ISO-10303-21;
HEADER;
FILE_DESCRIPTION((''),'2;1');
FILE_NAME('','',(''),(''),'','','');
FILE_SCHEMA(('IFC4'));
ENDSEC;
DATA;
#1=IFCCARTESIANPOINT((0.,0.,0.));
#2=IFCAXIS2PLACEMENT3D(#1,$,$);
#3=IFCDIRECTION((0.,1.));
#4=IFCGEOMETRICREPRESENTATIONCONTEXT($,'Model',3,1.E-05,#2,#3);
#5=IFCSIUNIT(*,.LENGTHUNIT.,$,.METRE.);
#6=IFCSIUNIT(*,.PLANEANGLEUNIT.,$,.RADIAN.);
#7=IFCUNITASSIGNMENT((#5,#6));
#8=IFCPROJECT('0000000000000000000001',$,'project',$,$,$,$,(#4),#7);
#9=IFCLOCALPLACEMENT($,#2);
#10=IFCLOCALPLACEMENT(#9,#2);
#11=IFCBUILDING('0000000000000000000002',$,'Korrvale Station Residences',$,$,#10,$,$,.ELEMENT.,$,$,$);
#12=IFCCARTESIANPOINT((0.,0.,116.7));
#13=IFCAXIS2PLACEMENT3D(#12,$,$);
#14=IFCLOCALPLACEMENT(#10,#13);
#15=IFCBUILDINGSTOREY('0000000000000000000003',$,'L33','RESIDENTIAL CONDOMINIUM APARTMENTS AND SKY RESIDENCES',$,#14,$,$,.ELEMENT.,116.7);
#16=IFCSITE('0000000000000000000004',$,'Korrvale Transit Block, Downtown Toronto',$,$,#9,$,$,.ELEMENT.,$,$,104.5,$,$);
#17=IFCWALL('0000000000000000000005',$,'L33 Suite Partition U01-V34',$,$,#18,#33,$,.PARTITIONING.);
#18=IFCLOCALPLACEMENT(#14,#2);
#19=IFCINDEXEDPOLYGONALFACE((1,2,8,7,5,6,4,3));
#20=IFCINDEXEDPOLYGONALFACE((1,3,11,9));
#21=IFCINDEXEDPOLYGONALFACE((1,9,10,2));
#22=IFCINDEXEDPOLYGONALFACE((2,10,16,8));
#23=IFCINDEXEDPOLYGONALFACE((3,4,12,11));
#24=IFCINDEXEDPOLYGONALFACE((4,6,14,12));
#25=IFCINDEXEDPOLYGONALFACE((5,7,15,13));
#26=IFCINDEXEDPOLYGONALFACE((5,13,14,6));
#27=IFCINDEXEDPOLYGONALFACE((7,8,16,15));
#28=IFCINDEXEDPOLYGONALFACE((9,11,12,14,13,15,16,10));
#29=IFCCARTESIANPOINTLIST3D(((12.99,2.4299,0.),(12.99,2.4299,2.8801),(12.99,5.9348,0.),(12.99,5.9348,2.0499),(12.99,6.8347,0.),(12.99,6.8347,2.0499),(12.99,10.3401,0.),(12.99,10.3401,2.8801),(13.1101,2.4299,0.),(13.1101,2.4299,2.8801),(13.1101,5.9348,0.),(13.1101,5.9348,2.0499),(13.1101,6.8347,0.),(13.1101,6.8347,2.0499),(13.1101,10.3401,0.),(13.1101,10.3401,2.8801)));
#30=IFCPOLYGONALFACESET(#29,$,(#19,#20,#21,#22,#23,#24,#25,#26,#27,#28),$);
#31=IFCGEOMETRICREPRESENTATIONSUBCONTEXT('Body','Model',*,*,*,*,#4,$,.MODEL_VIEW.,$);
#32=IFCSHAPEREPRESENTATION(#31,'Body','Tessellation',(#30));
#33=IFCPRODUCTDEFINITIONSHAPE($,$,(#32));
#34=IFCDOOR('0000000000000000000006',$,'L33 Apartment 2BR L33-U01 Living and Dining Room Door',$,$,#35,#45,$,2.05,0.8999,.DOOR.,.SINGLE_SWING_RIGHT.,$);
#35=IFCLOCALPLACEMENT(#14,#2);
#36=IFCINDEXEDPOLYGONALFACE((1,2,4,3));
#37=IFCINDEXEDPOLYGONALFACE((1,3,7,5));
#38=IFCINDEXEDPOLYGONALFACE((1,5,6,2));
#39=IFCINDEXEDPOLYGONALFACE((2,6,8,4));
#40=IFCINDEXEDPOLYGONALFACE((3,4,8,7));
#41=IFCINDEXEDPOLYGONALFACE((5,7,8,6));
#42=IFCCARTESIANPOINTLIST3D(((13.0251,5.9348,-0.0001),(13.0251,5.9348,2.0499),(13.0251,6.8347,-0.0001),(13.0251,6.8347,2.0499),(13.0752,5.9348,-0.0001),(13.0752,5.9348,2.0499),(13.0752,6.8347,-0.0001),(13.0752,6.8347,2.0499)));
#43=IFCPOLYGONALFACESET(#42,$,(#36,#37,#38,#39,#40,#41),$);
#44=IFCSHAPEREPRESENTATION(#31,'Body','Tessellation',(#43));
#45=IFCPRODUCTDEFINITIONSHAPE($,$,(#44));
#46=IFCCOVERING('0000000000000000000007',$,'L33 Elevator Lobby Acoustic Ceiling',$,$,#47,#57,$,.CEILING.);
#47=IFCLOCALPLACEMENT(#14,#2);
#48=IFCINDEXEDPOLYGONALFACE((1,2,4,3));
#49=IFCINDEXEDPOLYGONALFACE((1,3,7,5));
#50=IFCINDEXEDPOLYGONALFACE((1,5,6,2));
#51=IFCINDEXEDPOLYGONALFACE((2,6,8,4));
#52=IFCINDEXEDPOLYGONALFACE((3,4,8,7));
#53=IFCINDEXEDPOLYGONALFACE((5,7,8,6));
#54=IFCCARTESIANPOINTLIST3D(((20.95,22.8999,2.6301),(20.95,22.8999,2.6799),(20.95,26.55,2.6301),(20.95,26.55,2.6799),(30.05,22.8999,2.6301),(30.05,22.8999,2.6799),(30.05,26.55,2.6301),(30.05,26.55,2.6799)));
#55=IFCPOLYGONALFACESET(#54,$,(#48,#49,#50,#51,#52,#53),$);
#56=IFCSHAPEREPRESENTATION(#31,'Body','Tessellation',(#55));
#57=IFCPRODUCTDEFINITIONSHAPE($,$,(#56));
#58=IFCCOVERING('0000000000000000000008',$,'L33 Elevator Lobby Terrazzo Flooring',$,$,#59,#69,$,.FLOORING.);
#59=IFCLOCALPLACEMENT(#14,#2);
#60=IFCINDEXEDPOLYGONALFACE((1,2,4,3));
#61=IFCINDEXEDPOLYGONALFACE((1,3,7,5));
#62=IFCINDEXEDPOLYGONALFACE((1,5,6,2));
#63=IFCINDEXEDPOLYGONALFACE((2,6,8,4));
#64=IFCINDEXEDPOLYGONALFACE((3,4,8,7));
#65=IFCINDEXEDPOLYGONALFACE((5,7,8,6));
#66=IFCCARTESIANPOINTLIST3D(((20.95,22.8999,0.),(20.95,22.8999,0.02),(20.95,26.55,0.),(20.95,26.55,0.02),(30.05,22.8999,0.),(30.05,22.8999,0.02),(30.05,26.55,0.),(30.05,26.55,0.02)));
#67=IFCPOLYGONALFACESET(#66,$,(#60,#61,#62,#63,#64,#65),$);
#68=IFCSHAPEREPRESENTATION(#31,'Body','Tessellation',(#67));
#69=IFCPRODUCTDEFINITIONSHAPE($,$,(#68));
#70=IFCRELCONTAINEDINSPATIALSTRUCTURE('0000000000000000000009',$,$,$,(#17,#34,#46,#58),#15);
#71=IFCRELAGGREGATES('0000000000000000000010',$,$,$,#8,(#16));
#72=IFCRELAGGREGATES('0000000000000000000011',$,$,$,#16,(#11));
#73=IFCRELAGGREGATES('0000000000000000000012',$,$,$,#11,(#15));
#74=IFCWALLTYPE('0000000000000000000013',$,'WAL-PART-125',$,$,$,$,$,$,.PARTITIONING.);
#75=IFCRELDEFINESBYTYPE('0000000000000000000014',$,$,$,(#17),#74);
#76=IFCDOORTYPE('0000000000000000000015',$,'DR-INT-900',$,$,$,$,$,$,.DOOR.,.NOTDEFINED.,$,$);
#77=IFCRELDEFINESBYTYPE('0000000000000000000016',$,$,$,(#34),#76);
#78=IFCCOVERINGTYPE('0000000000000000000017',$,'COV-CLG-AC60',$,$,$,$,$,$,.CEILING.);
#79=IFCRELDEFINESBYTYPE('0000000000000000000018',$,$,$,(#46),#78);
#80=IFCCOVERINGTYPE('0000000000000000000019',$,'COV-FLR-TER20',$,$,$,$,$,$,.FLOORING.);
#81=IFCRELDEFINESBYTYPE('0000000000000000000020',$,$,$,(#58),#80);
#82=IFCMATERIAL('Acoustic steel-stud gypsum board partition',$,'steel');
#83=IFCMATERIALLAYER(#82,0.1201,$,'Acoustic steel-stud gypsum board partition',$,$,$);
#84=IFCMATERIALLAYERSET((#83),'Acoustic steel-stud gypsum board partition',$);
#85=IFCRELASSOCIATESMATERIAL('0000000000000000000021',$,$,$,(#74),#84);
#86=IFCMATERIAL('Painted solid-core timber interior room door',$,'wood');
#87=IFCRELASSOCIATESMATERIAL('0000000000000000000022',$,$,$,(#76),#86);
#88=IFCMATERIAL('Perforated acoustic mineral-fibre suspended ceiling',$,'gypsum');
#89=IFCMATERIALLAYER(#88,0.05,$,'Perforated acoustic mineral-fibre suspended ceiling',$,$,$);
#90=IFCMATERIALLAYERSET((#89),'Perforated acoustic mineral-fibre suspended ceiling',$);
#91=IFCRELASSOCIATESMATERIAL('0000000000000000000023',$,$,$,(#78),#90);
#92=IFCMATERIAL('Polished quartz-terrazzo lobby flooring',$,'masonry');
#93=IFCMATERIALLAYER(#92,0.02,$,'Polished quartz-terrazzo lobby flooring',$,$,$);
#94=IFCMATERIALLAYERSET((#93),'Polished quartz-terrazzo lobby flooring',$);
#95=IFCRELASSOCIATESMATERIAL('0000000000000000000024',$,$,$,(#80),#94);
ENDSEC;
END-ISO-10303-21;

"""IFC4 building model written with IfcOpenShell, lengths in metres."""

from ifc_helpers import new_model, si_unit, direction, frame, frame_2d, origin, place, context, subcontext, project, spatial, polyline, rectangle, outline, extrude, material, layer, layer_set, type_object, element, fill, save


model = new_model("IFC4")

# Units and contexts
model_context = context("Model", 3, precision=1e-05, world=origin(), true_north=direction((0.0, 1.0)))
body_context = subcontext(model_context, "Body", "Model", "MODEL_VIEW")
ifc_project = project(units=[si_unit("LENGTHUNIT", "METRE"), si_unit("PLANEANGLEUNIT", "RADIAN")], contexts=[model_context])

# Site, building, storey
site_placement = place(None, origin())
site = spatial("IfcSite", under=ifc_project, at=site_placement, Name="Korrvale Transit Block, Downtown Toronto", CompositionType="ELEMENT", RefElevation=104.5)
building_placement = place(site_placement, origin())
building = spatial("IfcBuilding", under=site, at=building_placement, Name="Korrvale Station Residences", CompositionType="ELEMENT")
storey_placement = place(building_placement, frame((0.0, 0.0, 116.7)))
storey = spatial("IfcBuildingStorey", under=building, at=storey_placement, Name="L33", Description="RESIDENTIAL CONDOMINIUM APARTMENTS AND SKY RESIDENCES", CompositionType="ELEMENT", Elevation=116.7)

# Wall, opening, door
ifc_material_1 = material(Name="Acoustic steel-stud gypsum board partition", Category="steel")
ifc_layer_1 = layer(ifc_material_1, 0.1201, Name="Acoustic steel-stud gypsum board partition")
ifc_layer_set_1 = layer_set([ifc_layer_1], Name="Acoustic steel-stud gypsum board partition")
wall_type_1 = type_object("IfcWallType", Name="WAL-PART-125", PredefinedType="PARTITIONING", material=ifc_layer_set_1)
wall_1_placement = place(storey_placement, frame((13.05, 2.4299, 0.0), z_axis=(0.0, 0.0, 1.0), x_axis=(0.0, 1.0, 0.0)))
wall_1 = element("IfcWall", 1, at=wall_1_placement, inside=storey, type_object=wall_type_1, Name="L33 Suite Partition U01-V34", PredefinedType="PARTITIONING", context=body_context, shape_type="SweptSolid", body=[
    extrude(rectangle(XDim=7.9102, YDim=0.1201, at=frame_2d((3.9551, 0.0))), origin(), (0.0, 0.0, 1.0), 2.8801),
])
opening_1_placement = place(wall_1_placement, frame((3.5049, 0.0, 0.0)))
opening_1 = element("IfcOpeningElement", 2, at=opening_1_placement, cuts=wall_1, PredefinedType="OPENING", context=body_context, shape_type="SweptSolid", body=[
    extrude(rectangle(XDim=0.8999, YDim=2.05, at=frame_2d((0.45, 1.0249))), frame((0.0, 0.0701, 0.0), z_axis=(0.0, -1.0, 0.0), x_axis=(1.0, 0.0, 0.0)), (0.0, 0.0, 1.0), 0.1401),
])
ifc_material_2 = material(Name="Painted solid-core timber interior room door", Category="wood")
door_type = type_object("IfcDoorType", Name="DR-INT-900", OperationType="NOTDEFINED", PredefinedType="DOOR", material=ifc_material_2)
door_placement = place(opening_1_placement, origin())
door = element("IfcDoor", 3, at=door_placement, inside=storey, type_object=door_type, Name="L33 Apartment 2BR L33-U01 Living and Dining Room Door", OperationType="SINGLE_SWING_RIGHT", OverallHeight=2.05, OverallWidth=0.8999, PredefinedType="DOOR", context=body_context, shape_type="SweptSolid", body=[
    extrude(rectangle(XDim=0.8999, YDim=2.05, at=frame_2d((0.45, 1.0249))), frame((0.0, 0.0249, 0.0), z_axis=(0.0, -1.0, 0.0), x_axis=(1.0, 0.0, 0.0)), (0.0, 0.0, 1.0), 0.05),
])
fill(opening_1, door)

# Coverings
ifc_material_3 = material(Name="Perforated acoustic mineral-fibre suspended ceiling", Category="gypsum")
ifc_layer_2 = layer(ifc_material_3, 0.05, Name="Perforated acoustic mineral-fibre suspended ceiling")
ifc_layer_set_2 = layer_set([ifc_layer_2], Name="Perforated acoustic mineral-fibre suspended ceiling")
covering_type_1 = type_object("IfcCoveringType", Name="COV-CLG-AC60", PredefinedType="CEILING", material=ifc_layer_set_2)
covering_1_placement = place(storey_placement, frame((0.0, 0.0, 2.6301)))
element("IfcCovering", 4, at=covering_1_placement, inside=storey, type_object=covering_type_1, Name="L33 Elevator Lobby Acoustic Ceiling", PredefinedType="CEILING", context=body_context, shape_type="SweptSolid", body=[
    extrude(outline(polyline([(20.95, 22.8999), (30.05, 22.8999), (30.05, 26.55), (20.95, 26.55), (20.95, 22.8999)])), origin(), (0.0, 0.0, 1.0), 0.0498),
])
ifc_material_4 = material(Name="Polished quartz-terrazzo lobby flooring", Category="masonry")
ifc_layer_3 = layer(ifc_material_4, 0.02, Name="Polished quartz-terrazzo lobby flooring")
ifc_layer_set_3 = layer_set([ifc_layer_3], Name="Polished quartz-terrazzo lobby flooring")
covering_type_2 = type_object("IfcCoveringType", Name="COV-FLR-TER20", PredefinedType="FLOORING", material=ifc_layer_set_3)
covering_2_placement = place(storey_placement, origin())
element("IfcCovering", 5, at=covering_2_placement, inside=storey, type_object=covering_type_2, Name="L33 Elevator Lobby Terrazzo Flooring", PredefinedType="FLOORING", context=body_context, shape_type="SweptSolid", body=[
    extrude(outline(polyline([(20.95, 22.8999), (30.05, 22.8999), (30.05, 26.55), (20.95, 26.55), (20.95, 22.8999)])), origin(), (0.0, 0.0, 1.0), 0.02),
])

save(model, "model.ifc")
